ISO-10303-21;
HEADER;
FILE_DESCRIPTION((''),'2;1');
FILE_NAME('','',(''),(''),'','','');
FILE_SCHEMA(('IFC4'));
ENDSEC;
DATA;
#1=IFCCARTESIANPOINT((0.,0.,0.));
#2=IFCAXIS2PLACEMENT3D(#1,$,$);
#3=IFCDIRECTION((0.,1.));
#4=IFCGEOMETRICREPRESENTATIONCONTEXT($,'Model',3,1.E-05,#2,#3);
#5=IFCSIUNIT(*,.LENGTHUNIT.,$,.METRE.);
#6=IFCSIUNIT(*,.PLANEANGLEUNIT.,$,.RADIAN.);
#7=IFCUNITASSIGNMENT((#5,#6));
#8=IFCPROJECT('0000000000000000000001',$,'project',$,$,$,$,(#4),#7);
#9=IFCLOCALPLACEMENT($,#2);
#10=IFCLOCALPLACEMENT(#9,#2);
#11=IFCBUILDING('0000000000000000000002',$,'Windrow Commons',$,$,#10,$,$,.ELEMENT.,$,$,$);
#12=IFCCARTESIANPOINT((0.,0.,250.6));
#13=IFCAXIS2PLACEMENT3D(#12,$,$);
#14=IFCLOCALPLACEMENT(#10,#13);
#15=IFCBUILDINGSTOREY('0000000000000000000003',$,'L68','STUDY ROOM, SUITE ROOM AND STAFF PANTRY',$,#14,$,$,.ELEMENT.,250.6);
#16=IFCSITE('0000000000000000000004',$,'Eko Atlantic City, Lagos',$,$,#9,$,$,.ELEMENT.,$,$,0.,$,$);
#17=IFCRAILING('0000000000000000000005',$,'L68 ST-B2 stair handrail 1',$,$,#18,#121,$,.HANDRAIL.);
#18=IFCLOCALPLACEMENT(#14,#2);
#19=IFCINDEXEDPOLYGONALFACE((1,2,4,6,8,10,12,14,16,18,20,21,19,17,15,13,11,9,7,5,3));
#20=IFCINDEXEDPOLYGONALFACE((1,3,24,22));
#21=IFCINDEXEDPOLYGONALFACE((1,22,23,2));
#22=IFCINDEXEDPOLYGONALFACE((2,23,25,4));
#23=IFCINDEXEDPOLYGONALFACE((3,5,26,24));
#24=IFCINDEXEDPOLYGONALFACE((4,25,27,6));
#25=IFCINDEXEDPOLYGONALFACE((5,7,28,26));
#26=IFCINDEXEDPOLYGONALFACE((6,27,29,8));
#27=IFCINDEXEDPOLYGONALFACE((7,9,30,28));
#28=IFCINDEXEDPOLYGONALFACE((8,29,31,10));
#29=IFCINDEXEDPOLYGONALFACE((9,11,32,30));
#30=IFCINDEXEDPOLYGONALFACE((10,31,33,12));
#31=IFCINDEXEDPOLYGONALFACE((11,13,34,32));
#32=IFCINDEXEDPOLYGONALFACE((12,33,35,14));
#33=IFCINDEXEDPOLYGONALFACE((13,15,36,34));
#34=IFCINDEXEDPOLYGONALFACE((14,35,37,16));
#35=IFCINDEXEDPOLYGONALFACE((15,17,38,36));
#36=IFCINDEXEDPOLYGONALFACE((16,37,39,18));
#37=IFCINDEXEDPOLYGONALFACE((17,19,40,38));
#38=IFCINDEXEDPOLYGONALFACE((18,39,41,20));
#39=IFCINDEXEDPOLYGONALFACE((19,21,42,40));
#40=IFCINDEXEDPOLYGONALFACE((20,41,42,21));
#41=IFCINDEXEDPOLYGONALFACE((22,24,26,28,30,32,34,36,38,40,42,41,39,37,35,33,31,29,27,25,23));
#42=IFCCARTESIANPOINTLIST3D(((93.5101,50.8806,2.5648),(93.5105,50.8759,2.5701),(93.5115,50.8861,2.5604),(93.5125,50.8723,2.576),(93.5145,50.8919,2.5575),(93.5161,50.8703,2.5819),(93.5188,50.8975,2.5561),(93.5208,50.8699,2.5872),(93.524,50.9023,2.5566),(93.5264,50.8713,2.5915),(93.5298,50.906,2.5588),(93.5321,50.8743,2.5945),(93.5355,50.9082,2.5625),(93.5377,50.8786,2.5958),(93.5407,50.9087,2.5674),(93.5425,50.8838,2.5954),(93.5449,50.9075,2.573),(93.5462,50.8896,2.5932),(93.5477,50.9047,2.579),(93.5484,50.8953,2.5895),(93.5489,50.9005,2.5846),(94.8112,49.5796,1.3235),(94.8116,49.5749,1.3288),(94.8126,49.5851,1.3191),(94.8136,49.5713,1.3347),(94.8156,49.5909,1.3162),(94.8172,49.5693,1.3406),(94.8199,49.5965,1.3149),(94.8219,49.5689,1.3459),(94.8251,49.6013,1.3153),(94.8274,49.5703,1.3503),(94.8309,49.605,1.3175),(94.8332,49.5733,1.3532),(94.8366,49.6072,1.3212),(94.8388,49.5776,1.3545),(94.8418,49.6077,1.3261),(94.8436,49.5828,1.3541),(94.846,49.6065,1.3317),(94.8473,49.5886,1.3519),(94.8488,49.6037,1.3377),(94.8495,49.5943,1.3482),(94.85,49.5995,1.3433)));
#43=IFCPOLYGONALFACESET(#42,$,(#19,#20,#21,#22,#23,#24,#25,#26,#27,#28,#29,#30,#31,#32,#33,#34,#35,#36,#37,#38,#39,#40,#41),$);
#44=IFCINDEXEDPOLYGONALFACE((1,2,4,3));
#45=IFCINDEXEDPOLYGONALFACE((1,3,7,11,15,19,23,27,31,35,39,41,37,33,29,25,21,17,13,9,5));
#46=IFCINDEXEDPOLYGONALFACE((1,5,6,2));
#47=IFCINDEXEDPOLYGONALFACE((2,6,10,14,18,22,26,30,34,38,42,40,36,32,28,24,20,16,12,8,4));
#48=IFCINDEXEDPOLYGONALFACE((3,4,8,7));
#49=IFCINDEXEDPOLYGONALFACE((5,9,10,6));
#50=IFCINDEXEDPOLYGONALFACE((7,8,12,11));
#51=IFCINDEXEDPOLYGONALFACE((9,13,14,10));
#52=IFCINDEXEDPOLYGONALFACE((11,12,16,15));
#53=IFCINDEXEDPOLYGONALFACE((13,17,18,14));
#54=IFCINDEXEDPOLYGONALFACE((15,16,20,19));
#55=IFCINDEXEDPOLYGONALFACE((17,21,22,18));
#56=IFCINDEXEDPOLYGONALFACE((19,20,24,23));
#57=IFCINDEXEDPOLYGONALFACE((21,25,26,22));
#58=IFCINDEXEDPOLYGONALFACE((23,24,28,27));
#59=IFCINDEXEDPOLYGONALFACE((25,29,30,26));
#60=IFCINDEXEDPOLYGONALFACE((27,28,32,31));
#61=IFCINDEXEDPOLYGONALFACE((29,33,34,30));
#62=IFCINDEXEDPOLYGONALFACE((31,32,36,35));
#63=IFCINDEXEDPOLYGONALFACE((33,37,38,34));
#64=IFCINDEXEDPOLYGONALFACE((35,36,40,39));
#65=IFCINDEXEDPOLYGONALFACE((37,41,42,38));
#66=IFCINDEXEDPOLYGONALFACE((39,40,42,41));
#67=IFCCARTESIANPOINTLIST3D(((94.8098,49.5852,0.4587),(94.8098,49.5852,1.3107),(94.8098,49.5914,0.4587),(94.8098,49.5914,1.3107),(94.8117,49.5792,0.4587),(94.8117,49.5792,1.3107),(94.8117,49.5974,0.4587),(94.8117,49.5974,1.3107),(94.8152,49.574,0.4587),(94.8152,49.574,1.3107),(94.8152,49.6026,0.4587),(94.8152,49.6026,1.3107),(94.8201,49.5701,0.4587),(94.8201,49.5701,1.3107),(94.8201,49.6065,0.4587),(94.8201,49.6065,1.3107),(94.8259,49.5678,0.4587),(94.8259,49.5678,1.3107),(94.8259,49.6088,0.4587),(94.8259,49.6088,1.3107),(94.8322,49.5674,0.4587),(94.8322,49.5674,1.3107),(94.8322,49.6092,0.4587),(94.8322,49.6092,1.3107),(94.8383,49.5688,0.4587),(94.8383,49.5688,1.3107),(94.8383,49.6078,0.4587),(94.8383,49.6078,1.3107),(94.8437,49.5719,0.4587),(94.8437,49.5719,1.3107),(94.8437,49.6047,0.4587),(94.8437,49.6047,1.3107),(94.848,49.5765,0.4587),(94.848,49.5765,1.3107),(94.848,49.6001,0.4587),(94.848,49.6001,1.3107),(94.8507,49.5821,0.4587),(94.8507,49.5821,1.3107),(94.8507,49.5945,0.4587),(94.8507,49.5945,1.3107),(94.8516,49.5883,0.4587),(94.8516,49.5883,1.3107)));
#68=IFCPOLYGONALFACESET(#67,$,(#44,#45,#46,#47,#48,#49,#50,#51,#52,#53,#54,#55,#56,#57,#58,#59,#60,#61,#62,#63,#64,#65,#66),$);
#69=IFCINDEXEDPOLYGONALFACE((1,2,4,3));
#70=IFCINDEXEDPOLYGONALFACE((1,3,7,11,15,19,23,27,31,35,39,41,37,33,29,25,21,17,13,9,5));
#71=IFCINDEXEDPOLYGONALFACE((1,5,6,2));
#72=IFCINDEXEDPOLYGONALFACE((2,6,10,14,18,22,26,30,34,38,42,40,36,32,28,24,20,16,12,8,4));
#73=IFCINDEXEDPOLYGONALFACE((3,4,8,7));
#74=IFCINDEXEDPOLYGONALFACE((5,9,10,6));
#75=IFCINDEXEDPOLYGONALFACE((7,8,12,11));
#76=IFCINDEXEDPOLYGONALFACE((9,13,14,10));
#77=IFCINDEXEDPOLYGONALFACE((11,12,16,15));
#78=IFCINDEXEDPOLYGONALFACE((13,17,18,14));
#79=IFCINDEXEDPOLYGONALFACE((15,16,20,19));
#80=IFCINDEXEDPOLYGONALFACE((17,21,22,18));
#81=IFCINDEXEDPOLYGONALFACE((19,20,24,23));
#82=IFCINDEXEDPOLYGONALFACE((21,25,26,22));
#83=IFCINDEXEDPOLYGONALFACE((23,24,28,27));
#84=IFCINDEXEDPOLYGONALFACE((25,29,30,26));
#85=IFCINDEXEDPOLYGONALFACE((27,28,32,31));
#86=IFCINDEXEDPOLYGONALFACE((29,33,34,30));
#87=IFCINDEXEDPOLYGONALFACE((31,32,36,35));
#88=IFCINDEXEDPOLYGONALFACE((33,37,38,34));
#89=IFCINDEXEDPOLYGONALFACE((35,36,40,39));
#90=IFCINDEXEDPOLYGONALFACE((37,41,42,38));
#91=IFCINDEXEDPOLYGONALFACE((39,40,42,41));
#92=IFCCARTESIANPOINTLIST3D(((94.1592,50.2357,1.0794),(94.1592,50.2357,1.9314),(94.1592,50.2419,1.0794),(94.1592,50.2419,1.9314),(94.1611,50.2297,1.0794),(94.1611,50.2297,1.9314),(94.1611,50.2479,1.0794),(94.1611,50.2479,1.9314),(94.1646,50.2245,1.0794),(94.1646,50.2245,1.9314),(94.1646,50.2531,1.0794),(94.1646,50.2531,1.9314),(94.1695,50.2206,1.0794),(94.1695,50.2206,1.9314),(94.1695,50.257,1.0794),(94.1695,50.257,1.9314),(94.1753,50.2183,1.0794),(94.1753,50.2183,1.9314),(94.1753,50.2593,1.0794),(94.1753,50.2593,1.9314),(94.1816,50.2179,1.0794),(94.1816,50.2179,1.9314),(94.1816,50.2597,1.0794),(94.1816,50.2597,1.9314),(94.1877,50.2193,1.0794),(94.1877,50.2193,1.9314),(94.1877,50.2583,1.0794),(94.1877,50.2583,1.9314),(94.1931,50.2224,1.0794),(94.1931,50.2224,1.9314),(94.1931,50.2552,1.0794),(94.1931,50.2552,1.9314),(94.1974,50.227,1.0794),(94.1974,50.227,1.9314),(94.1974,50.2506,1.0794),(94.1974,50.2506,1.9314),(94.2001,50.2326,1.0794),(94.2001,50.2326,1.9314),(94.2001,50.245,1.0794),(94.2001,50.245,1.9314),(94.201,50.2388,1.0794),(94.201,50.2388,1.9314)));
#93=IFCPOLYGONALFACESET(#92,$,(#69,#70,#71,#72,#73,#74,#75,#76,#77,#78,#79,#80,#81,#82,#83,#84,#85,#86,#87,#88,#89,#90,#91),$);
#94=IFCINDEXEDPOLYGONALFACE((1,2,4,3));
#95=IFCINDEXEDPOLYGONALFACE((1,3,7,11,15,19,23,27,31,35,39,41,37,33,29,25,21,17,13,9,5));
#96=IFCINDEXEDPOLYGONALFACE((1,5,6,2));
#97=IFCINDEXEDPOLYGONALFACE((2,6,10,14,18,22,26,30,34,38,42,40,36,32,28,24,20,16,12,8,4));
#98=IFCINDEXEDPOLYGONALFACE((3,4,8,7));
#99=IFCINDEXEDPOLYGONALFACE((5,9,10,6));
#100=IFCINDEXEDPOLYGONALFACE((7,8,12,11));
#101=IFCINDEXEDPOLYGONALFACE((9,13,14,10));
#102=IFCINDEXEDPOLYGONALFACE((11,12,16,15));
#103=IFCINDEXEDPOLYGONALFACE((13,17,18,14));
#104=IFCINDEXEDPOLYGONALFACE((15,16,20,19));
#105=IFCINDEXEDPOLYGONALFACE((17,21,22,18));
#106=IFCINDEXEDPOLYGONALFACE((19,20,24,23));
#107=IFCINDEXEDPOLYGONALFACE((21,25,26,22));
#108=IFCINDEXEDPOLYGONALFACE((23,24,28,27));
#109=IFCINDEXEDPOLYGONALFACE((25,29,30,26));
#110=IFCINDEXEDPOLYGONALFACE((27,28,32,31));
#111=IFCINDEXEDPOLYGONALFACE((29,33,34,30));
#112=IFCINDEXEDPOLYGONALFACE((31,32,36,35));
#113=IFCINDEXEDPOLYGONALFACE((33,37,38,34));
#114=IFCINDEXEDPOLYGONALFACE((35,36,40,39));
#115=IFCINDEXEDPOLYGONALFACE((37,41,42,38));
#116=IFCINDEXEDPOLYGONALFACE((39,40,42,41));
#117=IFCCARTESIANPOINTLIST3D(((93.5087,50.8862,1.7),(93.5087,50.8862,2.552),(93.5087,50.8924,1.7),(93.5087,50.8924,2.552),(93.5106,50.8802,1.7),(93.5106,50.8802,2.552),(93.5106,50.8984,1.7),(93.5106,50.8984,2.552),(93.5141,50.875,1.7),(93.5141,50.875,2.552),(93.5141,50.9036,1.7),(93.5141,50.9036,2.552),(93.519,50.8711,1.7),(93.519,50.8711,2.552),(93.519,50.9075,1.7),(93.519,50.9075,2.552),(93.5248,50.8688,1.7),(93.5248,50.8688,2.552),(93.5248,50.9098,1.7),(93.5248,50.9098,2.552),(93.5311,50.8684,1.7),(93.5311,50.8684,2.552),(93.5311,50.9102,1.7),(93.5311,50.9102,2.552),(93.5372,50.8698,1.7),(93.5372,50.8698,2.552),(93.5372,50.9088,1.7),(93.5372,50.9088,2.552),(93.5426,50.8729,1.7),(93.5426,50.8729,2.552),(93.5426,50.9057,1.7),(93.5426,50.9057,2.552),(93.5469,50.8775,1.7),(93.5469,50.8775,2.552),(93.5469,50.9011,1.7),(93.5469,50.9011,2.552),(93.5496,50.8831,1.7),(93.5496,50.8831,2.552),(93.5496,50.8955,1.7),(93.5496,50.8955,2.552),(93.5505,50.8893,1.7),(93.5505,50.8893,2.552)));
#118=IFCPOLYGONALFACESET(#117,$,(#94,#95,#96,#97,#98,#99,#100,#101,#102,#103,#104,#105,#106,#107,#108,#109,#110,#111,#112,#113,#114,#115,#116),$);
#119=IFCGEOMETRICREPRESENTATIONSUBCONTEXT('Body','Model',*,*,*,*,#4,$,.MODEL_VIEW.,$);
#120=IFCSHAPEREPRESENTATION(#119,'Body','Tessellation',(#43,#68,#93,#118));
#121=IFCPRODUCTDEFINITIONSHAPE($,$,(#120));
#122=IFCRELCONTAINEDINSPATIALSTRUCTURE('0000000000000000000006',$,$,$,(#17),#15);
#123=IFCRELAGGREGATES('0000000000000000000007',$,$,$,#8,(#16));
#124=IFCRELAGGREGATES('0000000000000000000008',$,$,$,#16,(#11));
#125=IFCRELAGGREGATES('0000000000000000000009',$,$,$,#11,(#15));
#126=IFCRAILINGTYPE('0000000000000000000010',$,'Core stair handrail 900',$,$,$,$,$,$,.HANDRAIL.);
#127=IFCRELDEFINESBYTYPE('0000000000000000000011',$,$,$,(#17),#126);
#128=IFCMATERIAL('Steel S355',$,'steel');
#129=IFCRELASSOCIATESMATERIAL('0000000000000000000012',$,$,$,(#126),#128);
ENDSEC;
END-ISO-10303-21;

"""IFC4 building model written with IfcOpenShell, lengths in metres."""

from ifc_helpers import new_model, si_unit, direction, frame, origin, origin_2d, place, context, subcontext, project, spatial, circle, extrude, material, type_object, element, save


model = new_model("IFC4")

# Units and contexts
model_context = context("Model", 3, precision=1e-05, world=origin(), true_north=direction((0.0, 1.0)))
body_context = subcontext(model_context, "Body", "Model", "MODEL_VIEW")
ifc_project = project(units=[si_unit("LENGTHUNIT", "METRE"), si_unit("PLANEANGLEUNIT", "RADIAN")], contexts=[model_context])

# Site, building, storey
site_placement = place(None, origin())
site = spatial("IfcSite", under=ifc_project, at=site_placement, Name="Eko Atlantic City, Lagos", CompositionType="ELEMENT", RefElevation=0.0)
building_placement = place(site_placement, origin())
building = spatial("IfcBuilding", under=site, at=building_placement, Name="Windrow Commons", CompositionType="ELEMENT")
storey_placement = place(building_placement, frame((0.0, 0.0, 250.6)))
storey = spatial("IfcBuildingStorey", under=building, at=storey_placement, Name="L68", Description="STUDY ROOM, SUITE ROOM AND STAFF PANTRY", CompositionType="ELEMENT", Elevation=250.6)

# Railing
ifc_material_1 = material(Name="Steel S355", Category="steel")
railing_type_1 = type_object("IfcRailingType", Name="Core stair handrail 900", PredefinedType="HANDRAIL", material=ifc_material_1)
railing_1_placement = place(storey_placement, frame((94.8306, 49.5883, 0.4587)))
element("IfcRailing", 1, at=railing_1_placement, inside=storey, type_object=railing_type_1, Name="L68 ST-B2 stair handrail 1", PredefinedType="HANDRAIL", context=body_context, shape_type="SweptSolid", body=[
    extrude(circle(Radius=0.024, at=origin_2d()), frame((0.0, 0.0, 0.876), z_axis=(-0.586207, 0.586162, 0.559264), x_axis=(-0.70708, -0.707134, 0.0)), (0.0, 0.0, 1.0), 2.2195),
    extrude(circle(Radius=0.021, at=origin_2d()), origin(), (0.0, 0.0, 1.0), 0.852),
    extrude(circle(Radius=0.021, at=origin_2d()), frame((-0.6506, 0.6505, 0.6207)), (0.0, 0.0, 1.0), 0.852),
    extrude(circle(Radius=0.021, at=origin_2d()), frame((-1.3011, 1.301, 1.2413)), (0.0, 0.0, 1.0), 0.852),
])

save(model, "model.ifc")
